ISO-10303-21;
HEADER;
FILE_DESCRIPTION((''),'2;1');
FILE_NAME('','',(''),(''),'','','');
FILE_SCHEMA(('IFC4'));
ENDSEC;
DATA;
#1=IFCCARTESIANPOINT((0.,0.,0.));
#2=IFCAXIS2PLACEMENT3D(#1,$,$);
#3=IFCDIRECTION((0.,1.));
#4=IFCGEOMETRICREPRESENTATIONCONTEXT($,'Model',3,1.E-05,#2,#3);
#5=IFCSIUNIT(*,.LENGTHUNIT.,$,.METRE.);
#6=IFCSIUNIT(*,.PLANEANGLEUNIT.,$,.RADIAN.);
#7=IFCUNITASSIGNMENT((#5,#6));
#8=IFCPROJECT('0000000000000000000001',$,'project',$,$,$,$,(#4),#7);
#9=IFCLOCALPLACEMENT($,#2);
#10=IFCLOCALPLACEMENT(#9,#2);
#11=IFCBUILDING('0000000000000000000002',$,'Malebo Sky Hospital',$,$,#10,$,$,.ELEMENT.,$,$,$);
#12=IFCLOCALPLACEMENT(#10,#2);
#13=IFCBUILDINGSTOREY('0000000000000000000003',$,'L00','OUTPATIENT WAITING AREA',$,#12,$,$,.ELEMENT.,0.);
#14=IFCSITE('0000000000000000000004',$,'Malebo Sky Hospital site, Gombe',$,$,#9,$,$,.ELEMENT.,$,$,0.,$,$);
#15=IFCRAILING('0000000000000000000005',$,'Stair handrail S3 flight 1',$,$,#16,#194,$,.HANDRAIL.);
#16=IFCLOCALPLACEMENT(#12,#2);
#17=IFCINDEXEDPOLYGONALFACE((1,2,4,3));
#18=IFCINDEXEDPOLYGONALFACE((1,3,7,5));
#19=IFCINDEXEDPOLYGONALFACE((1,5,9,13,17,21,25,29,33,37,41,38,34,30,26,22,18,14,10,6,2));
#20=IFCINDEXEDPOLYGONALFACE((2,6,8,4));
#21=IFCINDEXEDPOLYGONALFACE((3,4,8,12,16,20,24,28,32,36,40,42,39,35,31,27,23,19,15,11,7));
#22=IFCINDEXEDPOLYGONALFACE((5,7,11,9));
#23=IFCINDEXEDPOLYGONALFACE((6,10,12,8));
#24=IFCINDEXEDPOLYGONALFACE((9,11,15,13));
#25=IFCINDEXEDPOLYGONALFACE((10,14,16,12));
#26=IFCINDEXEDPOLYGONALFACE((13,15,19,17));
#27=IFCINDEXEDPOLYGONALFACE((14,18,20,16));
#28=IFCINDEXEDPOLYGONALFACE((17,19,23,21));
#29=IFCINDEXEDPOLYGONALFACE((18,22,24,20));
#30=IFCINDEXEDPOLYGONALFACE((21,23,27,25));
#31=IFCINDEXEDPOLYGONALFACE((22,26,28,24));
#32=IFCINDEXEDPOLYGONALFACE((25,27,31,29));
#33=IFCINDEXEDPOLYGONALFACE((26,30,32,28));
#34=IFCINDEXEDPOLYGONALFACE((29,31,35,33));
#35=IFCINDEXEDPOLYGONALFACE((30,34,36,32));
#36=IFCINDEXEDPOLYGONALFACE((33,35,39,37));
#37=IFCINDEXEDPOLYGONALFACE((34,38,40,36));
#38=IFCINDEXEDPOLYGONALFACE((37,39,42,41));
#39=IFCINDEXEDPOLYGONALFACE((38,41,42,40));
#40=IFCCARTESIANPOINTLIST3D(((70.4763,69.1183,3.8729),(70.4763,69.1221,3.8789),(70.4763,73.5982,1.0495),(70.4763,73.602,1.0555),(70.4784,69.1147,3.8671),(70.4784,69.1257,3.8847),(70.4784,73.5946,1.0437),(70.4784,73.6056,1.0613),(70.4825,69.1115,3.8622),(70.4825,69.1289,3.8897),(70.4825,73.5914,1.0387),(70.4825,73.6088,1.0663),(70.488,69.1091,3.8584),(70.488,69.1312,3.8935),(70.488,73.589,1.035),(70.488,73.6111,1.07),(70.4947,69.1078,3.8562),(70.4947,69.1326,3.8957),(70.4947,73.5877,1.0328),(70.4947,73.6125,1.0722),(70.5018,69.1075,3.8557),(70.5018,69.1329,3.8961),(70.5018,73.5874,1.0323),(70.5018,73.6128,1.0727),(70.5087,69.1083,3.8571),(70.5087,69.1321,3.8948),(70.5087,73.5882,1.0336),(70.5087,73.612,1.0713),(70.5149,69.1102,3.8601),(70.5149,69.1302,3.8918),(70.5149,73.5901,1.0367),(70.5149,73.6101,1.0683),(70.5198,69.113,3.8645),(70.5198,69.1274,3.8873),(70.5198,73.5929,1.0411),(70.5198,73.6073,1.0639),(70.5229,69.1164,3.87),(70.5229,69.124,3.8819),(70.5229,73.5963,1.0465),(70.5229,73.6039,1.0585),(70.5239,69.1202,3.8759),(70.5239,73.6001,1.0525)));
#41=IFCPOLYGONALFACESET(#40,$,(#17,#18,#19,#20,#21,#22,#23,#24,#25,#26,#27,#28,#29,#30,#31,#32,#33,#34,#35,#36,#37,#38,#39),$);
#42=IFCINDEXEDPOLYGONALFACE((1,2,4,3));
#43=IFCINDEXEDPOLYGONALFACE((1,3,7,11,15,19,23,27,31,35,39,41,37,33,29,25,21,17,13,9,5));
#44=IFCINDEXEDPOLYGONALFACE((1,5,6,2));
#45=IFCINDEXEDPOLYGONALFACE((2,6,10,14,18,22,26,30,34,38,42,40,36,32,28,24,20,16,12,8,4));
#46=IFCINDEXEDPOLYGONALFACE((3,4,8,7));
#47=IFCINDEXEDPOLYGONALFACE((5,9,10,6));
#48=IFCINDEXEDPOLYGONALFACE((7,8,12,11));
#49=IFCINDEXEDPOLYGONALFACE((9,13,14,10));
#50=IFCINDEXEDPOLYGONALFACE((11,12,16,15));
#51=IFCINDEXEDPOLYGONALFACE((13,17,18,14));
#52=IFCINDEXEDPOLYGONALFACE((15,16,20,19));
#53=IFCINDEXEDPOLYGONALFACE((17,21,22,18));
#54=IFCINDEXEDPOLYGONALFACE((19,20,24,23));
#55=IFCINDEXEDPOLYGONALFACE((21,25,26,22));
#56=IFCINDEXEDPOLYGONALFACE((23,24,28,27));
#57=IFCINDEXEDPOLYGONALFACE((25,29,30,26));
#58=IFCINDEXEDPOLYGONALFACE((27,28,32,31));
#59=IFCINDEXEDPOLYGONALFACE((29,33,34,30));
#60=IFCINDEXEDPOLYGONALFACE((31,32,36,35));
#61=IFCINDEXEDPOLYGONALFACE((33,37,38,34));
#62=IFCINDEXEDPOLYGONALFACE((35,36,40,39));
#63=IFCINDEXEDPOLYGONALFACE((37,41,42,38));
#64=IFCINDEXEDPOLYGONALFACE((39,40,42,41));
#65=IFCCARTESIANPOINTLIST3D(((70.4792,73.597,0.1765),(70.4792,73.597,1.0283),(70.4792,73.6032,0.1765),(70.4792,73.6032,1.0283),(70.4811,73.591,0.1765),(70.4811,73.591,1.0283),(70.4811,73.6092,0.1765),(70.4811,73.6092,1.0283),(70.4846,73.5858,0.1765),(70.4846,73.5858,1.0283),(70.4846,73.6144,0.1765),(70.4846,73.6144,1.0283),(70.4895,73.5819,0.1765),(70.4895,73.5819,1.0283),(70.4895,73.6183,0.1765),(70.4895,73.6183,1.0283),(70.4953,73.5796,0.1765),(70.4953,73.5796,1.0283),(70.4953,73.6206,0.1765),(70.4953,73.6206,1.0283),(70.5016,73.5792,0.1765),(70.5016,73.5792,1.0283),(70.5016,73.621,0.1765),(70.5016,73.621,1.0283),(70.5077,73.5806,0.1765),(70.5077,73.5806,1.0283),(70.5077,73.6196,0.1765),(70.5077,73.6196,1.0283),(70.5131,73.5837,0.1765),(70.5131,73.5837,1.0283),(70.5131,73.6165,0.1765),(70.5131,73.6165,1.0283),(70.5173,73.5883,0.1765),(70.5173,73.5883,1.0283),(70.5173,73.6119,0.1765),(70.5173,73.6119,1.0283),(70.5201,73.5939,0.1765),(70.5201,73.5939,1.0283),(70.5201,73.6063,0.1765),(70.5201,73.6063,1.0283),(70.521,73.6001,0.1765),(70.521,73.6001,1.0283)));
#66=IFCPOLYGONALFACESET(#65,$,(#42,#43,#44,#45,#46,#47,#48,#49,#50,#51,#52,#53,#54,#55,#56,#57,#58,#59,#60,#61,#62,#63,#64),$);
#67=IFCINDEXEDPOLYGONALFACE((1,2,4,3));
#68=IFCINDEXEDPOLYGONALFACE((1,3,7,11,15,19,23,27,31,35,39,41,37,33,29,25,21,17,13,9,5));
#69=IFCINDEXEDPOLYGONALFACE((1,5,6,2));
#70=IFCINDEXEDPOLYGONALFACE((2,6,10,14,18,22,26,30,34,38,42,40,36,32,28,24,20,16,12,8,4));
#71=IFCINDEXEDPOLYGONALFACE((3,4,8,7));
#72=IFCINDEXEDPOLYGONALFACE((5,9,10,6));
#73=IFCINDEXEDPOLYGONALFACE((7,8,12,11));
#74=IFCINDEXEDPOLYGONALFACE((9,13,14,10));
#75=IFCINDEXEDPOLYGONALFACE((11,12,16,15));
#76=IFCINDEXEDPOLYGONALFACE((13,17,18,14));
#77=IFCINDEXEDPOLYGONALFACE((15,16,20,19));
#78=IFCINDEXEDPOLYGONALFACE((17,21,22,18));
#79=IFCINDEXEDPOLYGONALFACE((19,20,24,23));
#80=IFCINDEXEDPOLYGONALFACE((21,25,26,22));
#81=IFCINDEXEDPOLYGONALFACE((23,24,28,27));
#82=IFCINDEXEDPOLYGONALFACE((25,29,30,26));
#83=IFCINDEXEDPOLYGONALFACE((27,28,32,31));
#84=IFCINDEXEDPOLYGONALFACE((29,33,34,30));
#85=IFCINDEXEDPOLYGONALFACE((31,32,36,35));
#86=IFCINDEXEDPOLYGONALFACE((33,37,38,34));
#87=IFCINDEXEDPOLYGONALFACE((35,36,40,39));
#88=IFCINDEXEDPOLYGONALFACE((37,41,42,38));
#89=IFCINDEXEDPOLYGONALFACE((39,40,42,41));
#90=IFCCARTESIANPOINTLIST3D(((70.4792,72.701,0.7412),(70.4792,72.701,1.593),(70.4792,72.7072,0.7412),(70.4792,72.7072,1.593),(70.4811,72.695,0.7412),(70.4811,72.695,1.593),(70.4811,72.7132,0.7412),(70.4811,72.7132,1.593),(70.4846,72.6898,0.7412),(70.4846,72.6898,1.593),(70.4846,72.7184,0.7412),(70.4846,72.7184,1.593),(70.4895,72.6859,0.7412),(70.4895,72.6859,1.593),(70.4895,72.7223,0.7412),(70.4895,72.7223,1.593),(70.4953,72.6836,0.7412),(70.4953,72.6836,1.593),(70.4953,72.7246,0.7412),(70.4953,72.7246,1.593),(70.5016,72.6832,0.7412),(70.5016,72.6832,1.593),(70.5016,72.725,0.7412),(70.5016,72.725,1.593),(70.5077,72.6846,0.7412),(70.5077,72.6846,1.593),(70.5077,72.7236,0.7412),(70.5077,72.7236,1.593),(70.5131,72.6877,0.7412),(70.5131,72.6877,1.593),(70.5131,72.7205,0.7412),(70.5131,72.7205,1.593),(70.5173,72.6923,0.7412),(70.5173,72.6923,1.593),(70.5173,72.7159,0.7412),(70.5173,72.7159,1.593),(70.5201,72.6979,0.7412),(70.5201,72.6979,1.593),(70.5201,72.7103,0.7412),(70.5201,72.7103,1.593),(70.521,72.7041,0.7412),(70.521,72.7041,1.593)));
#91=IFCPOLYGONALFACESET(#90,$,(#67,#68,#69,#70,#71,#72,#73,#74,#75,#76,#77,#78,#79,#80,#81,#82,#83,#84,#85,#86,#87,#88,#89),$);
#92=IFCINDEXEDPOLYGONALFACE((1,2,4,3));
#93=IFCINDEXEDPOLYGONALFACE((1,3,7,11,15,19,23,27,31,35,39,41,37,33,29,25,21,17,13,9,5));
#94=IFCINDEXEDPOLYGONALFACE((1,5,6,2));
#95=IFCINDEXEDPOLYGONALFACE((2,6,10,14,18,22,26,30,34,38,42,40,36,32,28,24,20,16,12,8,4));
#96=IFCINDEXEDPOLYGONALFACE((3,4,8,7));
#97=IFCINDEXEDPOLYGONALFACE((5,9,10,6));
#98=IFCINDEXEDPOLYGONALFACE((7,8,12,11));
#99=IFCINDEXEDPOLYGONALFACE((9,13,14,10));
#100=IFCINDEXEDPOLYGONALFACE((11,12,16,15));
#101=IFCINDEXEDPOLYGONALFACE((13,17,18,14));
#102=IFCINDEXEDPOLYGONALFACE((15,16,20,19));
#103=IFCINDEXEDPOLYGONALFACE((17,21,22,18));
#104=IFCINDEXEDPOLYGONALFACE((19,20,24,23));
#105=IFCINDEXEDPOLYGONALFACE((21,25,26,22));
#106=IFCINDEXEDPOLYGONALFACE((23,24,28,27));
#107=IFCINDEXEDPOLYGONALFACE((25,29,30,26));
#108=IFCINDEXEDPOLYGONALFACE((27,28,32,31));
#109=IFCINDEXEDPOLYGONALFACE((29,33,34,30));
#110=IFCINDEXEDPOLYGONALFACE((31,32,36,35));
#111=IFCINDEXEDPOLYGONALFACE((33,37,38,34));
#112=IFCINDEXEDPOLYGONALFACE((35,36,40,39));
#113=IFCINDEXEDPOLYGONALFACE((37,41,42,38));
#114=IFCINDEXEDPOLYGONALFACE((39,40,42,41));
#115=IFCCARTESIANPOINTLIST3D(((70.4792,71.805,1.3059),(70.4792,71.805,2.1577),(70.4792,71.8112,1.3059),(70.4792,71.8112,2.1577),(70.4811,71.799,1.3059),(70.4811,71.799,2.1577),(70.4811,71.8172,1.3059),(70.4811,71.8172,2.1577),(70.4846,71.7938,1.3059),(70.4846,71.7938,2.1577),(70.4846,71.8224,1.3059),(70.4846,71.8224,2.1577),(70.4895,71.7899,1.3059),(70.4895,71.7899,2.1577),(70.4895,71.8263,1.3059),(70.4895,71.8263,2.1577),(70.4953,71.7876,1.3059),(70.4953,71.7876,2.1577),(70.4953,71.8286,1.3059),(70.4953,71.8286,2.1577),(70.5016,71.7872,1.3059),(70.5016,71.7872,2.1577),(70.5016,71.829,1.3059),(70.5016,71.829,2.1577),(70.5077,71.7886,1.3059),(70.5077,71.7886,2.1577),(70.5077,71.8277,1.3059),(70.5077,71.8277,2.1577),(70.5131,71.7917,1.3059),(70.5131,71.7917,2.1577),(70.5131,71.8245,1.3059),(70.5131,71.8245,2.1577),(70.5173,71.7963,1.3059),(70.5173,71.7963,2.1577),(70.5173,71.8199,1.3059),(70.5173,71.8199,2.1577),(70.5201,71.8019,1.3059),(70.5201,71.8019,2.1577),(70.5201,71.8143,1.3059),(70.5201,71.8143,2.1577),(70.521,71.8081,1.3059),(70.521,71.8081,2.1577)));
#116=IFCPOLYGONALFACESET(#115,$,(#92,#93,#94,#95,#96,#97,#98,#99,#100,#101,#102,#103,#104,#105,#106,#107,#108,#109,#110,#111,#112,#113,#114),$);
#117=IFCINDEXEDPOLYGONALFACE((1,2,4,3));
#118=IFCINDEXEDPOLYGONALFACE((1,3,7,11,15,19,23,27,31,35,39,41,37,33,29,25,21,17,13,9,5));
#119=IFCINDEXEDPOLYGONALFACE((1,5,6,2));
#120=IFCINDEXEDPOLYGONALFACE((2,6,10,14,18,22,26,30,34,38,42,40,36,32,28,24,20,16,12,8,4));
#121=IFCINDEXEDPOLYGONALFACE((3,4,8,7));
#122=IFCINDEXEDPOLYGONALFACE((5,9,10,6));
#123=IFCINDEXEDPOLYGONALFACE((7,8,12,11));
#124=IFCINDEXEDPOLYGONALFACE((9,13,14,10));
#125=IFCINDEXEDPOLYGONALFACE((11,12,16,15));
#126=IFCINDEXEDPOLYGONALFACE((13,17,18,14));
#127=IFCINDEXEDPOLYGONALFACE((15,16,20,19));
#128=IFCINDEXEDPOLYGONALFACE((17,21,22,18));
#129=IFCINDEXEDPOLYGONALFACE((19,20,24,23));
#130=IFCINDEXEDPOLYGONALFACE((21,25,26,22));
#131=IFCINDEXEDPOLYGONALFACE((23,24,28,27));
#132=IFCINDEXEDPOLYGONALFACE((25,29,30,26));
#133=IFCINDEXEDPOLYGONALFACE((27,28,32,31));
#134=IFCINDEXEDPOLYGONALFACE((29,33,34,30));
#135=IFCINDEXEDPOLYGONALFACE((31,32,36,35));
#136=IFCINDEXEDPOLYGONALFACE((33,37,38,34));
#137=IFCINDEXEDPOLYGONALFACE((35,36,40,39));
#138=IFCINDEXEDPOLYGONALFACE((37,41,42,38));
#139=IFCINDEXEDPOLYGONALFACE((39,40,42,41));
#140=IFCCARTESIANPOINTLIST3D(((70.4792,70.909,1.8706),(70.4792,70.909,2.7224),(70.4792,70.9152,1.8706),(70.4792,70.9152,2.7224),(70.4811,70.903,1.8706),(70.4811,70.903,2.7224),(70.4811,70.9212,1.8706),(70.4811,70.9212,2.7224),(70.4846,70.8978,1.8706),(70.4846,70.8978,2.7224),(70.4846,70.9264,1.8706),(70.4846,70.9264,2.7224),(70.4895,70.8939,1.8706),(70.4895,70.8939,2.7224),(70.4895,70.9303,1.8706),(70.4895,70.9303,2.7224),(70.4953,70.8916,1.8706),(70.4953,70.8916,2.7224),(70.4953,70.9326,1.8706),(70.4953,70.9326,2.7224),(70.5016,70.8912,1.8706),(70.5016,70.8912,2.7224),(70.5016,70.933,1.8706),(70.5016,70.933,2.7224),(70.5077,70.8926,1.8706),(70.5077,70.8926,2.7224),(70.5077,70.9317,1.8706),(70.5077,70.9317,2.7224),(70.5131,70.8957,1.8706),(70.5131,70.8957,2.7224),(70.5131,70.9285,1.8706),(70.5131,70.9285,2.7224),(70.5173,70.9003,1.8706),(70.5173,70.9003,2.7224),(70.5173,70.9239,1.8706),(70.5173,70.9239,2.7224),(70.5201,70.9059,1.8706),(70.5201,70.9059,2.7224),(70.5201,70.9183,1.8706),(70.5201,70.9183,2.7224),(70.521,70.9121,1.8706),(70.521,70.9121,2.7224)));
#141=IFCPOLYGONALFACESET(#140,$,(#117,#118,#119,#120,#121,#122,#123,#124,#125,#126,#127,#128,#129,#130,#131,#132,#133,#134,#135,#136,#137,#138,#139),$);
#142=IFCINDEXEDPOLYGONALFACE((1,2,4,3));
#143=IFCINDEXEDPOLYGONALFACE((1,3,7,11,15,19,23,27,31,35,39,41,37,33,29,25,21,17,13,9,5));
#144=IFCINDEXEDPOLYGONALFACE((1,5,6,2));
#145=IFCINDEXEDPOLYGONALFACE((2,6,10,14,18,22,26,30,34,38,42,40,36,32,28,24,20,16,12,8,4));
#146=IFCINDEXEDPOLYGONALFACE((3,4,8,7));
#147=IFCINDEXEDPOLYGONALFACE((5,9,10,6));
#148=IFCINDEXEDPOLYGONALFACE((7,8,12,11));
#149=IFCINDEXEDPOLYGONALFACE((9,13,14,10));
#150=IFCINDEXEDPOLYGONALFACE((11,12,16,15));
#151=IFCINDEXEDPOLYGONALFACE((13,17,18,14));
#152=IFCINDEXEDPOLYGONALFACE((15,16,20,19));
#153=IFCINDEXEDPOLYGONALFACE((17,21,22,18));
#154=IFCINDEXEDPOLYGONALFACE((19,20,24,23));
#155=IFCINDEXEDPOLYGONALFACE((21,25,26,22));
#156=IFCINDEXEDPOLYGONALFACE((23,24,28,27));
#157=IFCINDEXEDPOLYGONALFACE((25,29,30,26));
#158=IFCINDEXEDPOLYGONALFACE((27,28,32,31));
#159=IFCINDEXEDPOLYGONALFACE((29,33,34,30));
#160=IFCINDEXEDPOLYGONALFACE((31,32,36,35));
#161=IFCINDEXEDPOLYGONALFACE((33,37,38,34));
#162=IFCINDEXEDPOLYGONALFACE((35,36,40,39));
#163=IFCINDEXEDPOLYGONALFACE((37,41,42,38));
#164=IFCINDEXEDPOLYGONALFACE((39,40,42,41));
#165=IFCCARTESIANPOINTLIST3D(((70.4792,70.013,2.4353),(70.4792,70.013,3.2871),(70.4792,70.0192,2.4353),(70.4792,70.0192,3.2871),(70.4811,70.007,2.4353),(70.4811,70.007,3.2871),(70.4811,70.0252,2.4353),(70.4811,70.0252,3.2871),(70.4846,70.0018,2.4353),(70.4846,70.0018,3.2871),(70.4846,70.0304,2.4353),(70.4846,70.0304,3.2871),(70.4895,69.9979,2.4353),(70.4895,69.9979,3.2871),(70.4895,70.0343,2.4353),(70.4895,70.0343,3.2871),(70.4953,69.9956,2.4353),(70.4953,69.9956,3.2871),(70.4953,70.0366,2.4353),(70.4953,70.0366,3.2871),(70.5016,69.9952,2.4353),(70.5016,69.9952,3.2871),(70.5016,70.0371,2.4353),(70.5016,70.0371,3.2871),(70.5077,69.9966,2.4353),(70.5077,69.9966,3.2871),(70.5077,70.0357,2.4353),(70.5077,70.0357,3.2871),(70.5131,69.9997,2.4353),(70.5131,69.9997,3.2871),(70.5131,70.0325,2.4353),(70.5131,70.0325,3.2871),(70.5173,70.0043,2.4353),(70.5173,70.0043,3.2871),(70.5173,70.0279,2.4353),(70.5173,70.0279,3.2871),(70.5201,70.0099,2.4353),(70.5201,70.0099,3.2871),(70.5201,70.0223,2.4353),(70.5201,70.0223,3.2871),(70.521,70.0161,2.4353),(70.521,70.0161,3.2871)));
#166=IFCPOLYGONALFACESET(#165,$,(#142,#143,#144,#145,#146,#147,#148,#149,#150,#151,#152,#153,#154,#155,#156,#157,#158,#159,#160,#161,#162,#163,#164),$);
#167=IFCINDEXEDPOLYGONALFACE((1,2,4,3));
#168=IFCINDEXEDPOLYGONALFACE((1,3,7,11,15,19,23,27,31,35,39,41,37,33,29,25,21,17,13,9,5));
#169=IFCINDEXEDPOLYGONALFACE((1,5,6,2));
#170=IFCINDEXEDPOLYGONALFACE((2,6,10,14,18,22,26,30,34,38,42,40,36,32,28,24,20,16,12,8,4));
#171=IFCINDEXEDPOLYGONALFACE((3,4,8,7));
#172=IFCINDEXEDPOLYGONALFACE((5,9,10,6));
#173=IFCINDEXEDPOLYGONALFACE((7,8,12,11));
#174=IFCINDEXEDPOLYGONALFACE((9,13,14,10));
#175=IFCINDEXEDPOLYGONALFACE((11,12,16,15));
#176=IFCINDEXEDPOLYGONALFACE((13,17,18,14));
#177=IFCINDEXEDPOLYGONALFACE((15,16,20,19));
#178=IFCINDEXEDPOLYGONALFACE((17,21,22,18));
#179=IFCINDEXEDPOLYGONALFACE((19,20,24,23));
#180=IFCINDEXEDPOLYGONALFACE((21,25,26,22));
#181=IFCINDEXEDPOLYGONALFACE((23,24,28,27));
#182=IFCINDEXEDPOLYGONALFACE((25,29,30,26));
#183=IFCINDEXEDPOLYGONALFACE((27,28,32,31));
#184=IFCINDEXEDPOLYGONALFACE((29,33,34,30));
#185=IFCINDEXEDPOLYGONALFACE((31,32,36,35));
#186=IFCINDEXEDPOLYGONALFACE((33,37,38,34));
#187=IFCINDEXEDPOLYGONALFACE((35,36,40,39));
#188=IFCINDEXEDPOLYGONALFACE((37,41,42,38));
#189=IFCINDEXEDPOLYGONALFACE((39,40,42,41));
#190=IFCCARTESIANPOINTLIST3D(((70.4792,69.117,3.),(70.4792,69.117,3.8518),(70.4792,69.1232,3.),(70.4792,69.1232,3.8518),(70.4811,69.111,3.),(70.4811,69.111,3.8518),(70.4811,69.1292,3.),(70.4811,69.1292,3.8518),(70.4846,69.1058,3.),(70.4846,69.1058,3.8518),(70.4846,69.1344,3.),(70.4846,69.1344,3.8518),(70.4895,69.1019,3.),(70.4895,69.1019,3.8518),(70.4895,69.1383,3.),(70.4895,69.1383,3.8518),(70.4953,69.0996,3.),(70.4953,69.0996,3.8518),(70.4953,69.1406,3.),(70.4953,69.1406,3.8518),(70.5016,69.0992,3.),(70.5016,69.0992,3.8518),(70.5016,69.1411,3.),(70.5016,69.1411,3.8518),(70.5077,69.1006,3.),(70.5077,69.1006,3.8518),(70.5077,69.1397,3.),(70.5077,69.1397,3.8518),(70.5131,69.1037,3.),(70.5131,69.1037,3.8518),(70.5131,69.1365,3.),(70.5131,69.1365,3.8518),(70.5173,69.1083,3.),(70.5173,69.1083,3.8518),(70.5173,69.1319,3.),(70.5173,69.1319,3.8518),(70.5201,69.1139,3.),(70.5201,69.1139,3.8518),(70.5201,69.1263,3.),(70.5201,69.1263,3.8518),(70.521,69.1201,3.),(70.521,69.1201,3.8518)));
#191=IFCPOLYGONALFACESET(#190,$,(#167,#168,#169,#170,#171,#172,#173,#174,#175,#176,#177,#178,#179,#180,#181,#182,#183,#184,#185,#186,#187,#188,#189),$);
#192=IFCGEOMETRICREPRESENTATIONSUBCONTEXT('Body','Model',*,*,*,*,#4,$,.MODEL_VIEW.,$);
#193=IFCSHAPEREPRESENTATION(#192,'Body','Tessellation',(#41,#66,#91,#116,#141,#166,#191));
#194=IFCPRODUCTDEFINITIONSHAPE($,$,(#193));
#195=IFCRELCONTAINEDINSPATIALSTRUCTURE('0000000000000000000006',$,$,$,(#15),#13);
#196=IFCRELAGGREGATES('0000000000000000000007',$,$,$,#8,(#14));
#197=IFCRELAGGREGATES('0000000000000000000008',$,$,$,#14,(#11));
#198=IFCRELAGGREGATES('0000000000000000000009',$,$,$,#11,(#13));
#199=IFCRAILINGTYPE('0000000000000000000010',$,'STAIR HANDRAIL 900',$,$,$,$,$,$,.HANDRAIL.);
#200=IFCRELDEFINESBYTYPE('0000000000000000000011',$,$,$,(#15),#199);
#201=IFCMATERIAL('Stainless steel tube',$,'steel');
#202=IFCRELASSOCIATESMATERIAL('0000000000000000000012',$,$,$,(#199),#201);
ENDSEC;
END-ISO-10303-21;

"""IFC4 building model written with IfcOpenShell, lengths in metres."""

from ifc_helpers import new_model, si_unit, direction, frame, origin, origin_2d, place, context, subcontext, project, spatial, circle, extrude, material, type_object, element, save


model = new_model("IFC4")

# Units and contexts
model_context = context("Model", 3, precision=1e-05, world=origin(), true_north=direction((0.0, 1.0)))
body_context = subcontext(model_context, "Body", "Model", "MODEL_VIEW")
ifc_project = project(units=[si_unit("LENGTHUNIT", "METRE"), si_unit("PLANEANGLEUNIT", "RADIAN")], contexts=[model_context])

# Site, building, storey
site_placement = place(None, origin())
site = spatial("IfcSite", under=ifc_project, at=site_placement, Name="Malebo Sky Hospital site, Gombe", CompositionType="ELEMENT", RefElevation=0.0)
building_placement = place(site_placement, origin())
building = spatial("IfcBuilding", under=site, at=building_placement, Name="Malebo Sky Hospital", CompositionType="ELEMENT")
storey_placement = place(building_placement, origin())
storey = spatial("IfcBuildingStorey", under=building, at=storey_placement, Name="L00", Description="OUTPATIENT WAITING AREA", CompositionType="ELEMENT", Elevation=0.0)

# Railing
ifc_material_1 = material(Name="Stainless steel tube", Category="steel")
railing_type = type_object("IfcRailingType", Name="STAIR HANDRAIL 900", PredefinedType="HANDRAIL", material=ifc_material_1)
railing_placement = place(storey_placement, frame((70.5, 73.6001, 0.1765)))
element("IfcRailing", 1, at=railing_placement, inside=storey, type_object=railing_type, Name="Stair handrail S3 flight 1", PredefinedType="HANDRAIL", context=body_context, shape_type="SweptSolid", body=[
    extrude(circle(Radius=0.0239, at=origin_2d()), frame((0.0, 0.0, 0.876), z_axis=(0.0, -0.845998, 0.533186), x_axis=(1.0, 0.0, 0.0)), (0.0, 0.0, 1.0), 5.2954),
    extrude(circle(Radius=0.021, at=origin_2d()), origin(), (0.0, 0.0, 1.0), 0.8518),
    extrude(circle(Radius=0.021, at=origin_2d()), frame((0.0, -0.896, 0.5647)), (0.0, 0.0, 1.0), 0.8518),
    extrude(circle(Radius=0.021, at=origin_2d()), frame((0.0, -1.792, 1.1294)), (0.0, 0.0, 1.0), 0.8518),
    extrude(circle(Radius=0.021, at=origin_2d()), frame((0.0, -2.688, 1.6941)), (0.0, 0.0, 1.0), 0.8518),
    extrude(circle(Radius=0.021, at=origin_2d()), frame((0.0, -3.584, 2.2588)), (0.0, 0.0, 1.0), 0.8518),
    extrude(circle(Radius=0.021, at=origin_2d()), frame((0.0, -4.48, 2.8235)), (0.0, 0.0, 1.0), 0.8518),
])

save(model, "model.ifc")
